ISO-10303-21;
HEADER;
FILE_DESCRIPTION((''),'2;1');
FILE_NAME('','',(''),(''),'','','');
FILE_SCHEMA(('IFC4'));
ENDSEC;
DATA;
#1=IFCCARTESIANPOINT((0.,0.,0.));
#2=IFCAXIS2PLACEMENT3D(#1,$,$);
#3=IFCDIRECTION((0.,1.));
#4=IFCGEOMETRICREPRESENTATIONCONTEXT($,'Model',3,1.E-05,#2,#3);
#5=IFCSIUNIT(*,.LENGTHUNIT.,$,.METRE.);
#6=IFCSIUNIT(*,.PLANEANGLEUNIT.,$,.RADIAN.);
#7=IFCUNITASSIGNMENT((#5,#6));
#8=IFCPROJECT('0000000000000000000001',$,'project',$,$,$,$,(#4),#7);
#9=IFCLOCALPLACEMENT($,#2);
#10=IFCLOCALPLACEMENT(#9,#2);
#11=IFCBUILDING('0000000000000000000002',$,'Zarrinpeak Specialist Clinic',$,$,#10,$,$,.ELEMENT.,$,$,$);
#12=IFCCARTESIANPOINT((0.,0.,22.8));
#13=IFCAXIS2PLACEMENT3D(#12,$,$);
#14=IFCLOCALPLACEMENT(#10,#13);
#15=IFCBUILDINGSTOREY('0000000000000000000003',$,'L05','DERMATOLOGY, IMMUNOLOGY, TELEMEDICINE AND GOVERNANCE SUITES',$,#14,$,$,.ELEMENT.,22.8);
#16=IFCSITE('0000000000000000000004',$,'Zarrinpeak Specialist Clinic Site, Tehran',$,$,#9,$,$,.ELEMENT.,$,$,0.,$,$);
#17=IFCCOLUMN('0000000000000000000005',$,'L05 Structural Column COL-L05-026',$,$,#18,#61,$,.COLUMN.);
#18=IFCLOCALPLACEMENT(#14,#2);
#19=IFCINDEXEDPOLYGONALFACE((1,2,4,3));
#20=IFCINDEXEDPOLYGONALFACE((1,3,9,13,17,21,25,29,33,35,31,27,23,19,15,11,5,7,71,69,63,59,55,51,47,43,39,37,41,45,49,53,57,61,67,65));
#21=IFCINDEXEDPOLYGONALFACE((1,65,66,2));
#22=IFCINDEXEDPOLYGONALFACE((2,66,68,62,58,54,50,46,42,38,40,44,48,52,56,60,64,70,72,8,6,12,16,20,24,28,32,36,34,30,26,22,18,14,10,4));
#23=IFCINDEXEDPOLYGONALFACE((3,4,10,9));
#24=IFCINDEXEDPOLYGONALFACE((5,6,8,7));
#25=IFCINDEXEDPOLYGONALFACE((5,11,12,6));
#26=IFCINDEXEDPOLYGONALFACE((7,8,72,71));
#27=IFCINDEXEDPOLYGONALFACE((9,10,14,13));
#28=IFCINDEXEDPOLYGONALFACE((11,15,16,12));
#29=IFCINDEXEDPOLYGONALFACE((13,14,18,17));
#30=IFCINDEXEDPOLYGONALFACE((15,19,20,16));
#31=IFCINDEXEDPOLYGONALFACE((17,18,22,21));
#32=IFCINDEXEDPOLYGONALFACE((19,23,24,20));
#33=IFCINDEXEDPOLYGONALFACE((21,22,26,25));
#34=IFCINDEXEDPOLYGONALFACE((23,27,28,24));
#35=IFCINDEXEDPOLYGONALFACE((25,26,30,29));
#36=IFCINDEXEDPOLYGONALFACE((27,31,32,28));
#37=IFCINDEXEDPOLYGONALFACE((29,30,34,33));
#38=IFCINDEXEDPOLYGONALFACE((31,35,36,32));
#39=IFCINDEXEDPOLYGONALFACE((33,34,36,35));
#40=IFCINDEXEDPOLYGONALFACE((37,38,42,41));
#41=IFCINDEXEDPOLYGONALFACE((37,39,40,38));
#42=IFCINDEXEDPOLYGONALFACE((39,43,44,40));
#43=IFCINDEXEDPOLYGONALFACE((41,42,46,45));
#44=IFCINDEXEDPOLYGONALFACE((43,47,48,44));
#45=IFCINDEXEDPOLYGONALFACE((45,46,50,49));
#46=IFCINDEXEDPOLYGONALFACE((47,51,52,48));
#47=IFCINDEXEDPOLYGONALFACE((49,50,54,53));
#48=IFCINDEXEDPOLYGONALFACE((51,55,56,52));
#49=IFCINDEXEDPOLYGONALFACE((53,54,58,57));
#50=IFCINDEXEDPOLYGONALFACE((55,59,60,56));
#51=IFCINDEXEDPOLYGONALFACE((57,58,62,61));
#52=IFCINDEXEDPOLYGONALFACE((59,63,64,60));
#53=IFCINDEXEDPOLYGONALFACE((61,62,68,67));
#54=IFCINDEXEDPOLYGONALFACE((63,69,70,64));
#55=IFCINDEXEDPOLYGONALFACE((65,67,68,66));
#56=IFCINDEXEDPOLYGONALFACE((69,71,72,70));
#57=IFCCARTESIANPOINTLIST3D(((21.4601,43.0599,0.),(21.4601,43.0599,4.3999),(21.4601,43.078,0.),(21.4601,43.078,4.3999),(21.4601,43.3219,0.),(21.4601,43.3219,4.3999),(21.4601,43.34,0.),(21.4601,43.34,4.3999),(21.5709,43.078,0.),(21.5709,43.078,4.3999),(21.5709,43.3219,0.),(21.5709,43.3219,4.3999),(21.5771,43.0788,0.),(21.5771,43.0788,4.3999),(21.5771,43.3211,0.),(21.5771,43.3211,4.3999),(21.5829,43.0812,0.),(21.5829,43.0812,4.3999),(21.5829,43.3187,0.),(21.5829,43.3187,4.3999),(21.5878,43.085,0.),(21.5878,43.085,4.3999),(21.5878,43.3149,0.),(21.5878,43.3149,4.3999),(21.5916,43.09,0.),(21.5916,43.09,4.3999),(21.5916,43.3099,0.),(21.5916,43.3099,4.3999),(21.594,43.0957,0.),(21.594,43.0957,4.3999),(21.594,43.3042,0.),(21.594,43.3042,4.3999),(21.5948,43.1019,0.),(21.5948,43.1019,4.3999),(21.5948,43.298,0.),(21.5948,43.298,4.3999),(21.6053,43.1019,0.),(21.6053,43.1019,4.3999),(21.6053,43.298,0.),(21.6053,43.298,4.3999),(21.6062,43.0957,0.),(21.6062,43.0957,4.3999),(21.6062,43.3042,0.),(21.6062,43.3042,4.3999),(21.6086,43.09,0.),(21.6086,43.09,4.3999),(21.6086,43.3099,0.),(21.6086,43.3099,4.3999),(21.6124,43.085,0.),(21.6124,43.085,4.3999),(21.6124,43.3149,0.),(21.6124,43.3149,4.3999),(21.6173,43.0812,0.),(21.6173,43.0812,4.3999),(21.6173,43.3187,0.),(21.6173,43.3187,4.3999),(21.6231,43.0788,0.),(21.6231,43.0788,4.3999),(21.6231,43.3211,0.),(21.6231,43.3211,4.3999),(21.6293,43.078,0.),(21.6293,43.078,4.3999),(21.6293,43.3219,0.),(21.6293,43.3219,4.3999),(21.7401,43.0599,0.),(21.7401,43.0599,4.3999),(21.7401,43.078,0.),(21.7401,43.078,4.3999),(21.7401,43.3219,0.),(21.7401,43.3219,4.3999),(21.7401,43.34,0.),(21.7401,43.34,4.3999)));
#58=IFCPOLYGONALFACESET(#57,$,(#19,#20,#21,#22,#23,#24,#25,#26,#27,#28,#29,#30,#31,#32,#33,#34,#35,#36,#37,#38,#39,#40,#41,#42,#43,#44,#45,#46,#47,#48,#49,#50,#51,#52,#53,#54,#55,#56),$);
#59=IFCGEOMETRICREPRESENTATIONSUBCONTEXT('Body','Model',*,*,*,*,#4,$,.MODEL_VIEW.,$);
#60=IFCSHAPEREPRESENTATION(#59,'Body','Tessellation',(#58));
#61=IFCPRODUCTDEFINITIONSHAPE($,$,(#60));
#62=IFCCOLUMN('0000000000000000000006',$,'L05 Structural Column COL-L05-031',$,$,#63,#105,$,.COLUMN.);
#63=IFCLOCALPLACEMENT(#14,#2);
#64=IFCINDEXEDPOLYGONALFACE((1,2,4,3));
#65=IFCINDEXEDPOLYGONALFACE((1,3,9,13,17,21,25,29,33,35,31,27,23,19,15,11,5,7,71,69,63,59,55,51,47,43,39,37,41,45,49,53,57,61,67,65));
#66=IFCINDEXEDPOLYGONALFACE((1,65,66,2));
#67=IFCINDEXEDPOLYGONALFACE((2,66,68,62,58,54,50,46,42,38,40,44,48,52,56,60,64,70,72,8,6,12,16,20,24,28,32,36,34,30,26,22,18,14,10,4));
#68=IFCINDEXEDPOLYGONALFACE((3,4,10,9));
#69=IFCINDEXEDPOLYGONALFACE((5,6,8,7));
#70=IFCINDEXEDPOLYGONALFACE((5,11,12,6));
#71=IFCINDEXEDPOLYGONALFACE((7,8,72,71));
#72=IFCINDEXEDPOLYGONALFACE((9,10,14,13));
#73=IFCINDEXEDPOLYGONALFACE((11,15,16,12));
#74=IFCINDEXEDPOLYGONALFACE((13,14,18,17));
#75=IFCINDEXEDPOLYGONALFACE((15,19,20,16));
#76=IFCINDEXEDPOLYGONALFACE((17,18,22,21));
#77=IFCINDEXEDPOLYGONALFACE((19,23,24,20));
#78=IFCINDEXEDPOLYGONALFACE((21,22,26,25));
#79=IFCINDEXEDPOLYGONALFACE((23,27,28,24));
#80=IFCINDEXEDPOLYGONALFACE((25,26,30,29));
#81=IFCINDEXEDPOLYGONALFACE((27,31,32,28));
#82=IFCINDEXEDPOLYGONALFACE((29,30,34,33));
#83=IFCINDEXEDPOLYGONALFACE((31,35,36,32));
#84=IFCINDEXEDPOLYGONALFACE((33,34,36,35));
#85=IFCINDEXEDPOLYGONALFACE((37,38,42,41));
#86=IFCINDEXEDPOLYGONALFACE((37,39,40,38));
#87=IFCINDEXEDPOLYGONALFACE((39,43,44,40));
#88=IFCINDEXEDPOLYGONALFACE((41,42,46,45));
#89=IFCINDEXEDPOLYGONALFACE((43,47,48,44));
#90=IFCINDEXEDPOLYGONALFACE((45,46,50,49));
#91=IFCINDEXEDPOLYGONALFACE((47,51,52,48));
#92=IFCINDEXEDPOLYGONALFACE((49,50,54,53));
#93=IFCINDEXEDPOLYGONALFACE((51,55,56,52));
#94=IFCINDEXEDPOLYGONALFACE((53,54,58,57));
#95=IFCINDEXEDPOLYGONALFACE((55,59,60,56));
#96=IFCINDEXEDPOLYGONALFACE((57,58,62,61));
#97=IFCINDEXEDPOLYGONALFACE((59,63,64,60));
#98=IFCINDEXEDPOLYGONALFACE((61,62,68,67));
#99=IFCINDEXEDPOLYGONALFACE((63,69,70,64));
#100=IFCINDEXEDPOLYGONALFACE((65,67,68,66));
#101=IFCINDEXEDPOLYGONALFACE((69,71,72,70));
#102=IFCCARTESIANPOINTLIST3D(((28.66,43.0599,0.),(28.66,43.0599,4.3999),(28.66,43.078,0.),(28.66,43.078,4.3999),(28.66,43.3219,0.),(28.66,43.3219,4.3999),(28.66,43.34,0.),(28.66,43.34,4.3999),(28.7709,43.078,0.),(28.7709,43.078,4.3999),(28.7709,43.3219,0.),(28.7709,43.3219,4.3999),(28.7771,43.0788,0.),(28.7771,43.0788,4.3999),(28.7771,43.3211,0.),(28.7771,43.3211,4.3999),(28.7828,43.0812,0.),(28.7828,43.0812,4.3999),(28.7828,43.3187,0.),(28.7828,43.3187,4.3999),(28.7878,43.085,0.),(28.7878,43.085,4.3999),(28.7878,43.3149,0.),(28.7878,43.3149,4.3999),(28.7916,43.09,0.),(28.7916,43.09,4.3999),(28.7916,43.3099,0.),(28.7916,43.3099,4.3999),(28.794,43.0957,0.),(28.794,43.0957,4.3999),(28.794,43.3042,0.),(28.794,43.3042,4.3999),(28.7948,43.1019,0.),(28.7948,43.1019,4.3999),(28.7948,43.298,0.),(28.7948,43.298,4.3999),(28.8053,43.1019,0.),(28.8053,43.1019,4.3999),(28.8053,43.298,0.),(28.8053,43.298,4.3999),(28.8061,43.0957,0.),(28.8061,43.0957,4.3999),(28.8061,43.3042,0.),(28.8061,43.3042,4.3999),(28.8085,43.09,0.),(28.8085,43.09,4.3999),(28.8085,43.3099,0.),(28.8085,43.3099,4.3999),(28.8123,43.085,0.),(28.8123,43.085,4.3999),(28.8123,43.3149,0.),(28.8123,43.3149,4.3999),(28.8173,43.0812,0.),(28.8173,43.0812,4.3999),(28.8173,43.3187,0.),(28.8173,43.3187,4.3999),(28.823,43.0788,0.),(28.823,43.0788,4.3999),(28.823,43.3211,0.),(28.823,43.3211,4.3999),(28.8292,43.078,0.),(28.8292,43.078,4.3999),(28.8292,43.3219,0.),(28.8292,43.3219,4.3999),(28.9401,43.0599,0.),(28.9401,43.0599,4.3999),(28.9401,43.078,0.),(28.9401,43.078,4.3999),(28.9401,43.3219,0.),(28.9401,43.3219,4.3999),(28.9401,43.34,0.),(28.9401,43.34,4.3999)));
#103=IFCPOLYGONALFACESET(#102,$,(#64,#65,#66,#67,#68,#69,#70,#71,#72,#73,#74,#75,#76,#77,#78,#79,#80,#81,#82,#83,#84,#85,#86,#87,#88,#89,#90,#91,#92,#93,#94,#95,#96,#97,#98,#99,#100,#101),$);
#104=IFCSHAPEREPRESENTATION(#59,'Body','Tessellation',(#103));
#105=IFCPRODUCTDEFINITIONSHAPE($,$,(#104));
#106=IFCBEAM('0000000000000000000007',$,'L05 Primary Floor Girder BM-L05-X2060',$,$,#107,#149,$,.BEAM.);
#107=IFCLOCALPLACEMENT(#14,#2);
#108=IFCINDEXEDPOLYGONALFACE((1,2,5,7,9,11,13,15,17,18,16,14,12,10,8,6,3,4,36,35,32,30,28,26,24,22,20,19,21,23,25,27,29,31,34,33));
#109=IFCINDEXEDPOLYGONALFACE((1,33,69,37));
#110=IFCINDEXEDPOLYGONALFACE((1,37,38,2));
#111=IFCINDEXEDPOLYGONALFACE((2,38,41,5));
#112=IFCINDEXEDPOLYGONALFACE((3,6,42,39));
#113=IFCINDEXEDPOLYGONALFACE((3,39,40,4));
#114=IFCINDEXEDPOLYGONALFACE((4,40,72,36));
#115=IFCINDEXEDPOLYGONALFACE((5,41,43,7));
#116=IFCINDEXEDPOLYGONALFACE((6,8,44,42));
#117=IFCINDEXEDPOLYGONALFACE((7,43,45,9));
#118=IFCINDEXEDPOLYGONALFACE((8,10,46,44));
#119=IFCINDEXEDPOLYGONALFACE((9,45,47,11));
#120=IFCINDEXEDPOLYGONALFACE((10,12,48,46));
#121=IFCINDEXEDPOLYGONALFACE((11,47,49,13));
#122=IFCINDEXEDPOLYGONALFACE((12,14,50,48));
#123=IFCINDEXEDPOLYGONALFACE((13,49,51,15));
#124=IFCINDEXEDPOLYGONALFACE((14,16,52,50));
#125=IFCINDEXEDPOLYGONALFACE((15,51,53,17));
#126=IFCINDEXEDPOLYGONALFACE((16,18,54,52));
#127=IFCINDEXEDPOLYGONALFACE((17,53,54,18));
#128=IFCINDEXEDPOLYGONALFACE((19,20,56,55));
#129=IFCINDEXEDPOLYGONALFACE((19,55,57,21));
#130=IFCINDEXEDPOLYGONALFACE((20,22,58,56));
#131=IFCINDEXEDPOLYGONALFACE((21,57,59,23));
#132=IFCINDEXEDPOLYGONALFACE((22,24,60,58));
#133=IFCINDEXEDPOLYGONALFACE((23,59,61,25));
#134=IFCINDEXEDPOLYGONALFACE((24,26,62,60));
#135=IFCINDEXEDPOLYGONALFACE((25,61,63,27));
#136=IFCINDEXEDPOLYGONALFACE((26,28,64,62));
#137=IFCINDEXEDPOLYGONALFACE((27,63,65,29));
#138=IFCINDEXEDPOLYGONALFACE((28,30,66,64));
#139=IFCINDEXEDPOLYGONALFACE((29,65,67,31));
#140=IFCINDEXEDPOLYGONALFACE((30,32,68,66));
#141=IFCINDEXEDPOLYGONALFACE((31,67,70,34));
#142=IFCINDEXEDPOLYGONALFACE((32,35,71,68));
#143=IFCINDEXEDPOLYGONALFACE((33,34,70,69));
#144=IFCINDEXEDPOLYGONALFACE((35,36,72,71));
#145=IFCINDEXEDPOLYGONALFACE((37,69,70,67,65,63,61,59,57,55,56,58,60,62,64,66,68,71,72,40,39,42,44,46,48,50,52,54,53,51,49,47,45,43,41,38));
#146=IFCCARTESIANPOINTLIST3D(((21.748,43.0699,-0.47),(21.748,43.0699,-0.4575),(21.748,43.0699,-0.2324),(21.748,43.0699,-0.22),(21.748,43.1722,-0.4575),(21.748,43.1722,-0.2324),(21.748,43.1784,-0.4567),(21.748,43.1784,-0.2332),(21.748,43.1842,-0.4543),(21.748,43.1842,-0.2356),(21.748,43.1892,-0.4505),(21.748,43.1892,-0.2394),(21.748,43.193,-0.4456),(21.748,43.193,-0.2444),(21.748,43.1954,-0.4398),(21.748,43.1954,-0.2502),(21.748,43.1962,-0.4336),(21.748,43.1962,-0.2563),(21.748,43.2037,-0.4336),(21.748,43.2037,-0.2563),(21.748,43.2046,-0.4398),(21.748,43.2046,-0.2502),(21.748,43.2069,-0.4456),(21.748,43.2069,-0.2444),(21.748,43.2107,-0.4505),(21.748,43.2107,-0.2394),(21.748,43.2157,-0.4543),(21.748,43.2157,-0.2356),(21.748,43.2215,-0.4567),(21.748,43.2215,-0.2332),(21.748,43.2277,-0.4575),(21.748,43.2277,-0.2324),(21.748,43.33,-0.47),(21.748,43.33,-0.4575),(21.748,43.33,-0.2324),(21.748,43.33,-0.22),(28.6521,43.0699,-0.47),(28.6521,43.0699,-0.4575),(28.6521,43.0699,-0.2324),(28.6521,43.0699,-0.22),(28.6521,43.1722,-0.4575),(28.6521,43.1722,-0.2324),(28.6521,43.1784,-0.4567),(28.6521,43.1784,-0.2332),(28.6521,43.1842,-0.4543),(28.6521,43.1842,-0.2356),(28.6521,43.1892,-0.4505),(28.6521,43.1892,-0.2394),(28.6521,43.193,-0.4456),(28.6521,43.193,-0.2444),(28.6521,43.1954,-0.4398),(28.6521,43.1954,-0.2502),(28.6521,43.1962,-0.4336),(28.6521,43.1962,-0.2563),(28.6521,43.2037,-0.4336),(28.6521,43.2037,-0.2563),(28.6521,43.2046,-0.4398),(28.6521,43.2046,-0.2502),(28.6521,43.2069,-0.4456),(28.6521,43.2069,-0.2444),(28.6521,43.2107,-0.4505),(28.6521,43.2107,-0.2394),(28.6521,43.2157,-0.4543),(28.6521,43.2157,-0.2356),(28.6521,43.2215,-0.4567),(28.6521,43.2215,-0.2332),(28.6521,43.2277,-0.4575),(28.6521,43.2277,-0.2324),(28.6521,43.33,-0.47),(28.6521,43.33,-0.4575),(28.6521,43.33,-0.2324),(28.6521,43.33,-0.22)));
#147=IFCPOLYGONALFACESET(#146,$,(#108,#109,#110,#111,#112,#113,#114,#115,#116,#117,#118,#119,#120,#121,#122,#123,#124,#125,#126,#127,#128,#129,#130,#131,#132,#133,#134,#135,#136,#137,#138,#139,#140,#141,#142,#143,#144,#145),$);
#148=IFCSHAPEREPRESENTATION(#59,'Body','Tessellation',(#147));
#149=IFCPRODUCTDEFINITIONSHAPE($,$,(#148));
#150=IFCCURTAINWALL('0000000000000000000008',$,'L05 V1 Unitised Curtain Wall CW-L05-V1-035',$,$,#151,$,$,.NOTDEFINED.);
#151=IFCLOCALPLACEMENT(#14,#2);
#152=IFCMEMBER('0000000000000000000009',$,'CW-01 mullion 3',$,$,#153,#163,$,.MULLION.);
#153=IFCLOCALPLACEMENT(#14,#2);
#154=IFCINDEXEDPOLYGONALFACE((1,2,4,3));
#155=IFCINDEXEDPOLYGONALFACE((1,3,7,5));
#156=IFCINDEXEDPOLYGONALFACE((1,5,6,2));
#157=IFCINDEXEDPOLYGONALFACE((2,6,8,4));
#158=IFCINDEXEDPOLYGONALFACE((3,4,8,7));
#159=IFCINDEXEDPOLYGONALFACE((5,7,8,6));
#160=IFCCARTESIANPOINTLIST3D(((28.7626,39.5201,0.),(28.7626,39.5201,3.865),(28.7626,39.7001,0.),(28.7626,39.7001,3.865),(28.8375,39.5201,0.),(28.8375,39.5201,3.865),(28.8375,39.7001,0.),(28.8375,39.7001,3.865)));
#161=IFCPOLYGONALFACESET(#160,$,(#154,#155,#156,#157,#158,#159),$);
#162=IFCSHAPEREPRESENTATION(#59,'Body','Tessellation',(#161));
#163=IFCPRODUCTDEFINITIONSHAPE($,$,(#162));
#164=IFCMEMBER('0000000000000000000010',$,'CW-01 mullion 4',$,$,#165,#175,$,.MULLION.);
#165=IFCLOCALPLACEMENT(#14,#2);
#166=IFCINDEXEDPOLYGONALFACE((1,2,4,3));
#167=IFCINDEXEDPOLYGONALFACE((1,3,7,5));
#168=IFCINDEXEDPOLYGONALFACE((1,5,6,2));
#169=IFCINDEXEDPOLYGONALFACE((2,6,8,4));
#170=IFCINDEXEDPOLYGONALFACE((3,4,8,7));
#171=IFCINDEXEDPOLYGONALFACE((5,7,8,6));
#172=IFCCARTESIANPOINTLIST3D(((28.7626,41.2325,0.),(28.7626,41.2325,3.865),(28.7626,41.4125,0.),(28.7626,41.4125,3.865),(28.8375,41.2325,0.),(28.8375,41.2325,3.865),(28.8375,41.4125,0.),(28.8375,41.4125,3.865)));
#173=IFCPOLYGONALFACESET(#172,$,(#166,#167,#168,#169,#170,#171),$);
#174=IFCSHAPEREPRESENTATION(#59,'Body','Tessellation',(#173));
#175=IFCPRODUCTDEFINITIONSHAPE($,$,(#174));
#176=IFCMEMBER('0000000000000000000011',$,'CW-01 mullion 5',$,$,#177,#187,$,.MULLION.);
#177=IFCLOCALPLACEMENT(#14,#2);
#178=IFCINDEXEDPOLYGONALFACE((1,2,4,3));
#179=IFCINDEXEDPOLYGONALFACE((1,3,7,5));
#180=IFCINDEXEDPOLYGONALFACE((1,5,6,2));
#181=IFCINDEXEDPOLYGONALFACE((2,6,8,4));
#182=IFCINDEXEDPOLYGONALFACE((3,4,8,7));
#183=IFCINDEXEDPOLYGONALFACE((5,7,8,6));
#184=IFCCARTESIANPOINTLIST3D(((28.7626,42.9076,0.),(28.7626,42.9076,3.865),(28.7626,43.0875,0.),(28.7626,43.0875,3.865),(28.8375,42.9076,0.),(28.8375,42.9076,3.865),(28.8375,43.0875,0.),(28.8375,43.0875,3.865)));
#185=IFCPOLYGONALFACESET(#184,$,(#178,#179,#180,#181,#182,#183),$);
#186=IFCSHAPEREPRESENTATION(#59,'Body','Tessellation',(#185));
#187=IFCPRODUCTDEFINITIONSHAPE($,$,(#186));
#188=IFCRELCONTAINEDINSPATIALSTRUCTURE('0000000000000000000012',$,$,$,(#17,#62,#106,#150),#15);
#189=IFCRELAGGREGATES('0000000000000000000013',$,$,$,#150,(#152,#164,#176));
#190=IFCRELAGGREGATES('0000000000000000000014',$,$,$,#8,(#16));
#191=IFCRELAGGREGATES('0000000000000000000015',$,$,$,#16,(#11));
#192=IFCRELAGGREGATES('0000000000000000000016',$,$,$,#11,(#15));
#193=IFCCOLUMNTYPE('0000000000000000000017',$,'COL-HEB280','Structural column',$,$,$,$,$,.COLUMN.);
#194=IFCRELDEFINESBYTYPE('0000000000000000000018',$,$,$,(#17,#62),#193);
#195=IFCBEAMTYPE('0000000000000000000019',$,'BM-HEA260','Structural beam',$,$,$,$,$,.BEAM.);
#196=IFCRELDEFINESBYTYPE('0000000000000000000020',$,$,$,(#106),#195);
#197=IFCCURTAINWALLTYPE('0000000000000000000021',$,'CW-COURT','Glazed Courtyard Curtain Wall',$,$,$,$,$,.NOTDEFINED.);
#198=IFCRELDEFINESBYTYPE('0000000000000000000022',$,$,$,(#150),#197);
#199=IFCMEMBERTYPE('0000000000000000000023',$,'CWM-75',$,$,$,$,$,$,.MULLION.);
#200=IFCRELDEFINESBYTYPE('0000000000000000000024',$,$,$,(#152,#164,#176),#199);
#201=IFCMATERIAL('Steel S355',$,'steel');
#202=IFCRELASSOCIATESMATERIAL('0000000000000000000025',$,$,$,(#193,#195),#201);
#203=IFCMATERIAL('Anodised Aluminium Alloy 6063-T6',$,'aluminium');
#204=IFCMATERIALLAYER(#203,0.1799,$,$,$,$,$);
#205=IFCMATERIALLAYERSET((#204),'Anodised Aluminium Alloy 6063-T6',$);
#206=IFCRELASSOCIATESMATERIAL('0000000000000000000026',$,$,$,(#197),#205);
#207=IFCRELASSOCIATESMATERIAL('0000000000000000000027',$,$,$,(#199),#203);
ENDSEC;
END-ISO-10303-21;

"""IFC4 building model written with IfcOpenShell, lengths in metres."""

from ifc_helpers import new_model, si_unit, direction, frame, origin, origin_2d, place, context, subcontext, project, spatial, rectangle, i_section, extrude, material, layer, layer_set, material_profile, profile_set, type_object, element, aggregate, save


model = new_model("IFC4")

# Units and contexts
model_context = context("Model", 3, precision=1e-05, world=origin(), true_north=direction((0.0, 1.0)))
body_context = subcontext(model_context, "Body", "Model", "MODEL_VIEW")
ifc_project = project(units=[si_unit("LENGTHUNIT", "METRE"), si_unit("PLANEANGLEUNIT", "RADIAN")], contexts=[model_context])

# Site, building, storey
site_placement = place(None, origin())
site = spatial("IfcSite", under=ifc_project, at=site_placement, Name="Zarrinpeak Specialist Clinic Site, Tehran", CompositionType="ELEMENT", RefElevation=0.0)
building_placement = place(site_placement, origin())
building = spatial("IfcBuilding", under=site, at=building_placement, Name="Zarrinpeak Specialist Clinic", CompositionType="ELEMENT")
storey_placement = place(building_placement, frame((0.0, 0.0, 22.8)))
storey = spatial("IfcBuildingStorey", under=building, at=storey_placement, Name="L05", Description="DERMATOLOGY, IMMUNOLOGY, TELEMEDICINE AND GOVERNANCE SUITES", CompositionType="ELEMENT", Elevation=22.8)

# Columns
ifc_material_1 = material(Name="Steel S355", Category="steel")
ifc_material_profile_1 = material_profile(ifc_material_1, i_section(OverallWidth=0.28, OverallDepth=0.28, WebThickness=0.0105, FlangeThickness=0.0181, FilletRadius=0.0239, at=origin_2d()), Name="HEB 280")
ifc_profile_set_1 = profile_set([ifc_material_profile_1], Name="Steel S355")
column_type = type_object("IfcColumnType", Name="COL-HEB280", Description="Structural column", PredefinedType="COLUMN", material=ifc_profile_set_1)
for number, where, z_axis, x_axis, name in (
    (1, (21.6001, 43.2, 0.0), (0.0, 0.0, 1.0), (1.0, 0.0, 0.0), "L05 Structural Column COL-L05-026"),
    (2, (28.8, 43.2, 0.0), (0.0, 0.0, 1.0), (1.0, 0.0, 0.0), "L05 Structural Column COL-L05-031"),
):
    element("IfcColumn", number, at=place(storey_placement, frame(where, z_axis=z_axis, x_axis=x_axis)), inside=storey, type_object=column_type, Name=name, PredefinedType="COLUMN", context=body_context, shape_type="SweptSolid", body=[
        extrude(i_section(OverallWidth=0.28, OverallDepth=0.28, WebThickness=0.0105, FlangeThickness=0.0181, FilletRadius=0.0239, at=origin_2d()), origin(), (0.0, 0.0, 1.0), 4.3999),
    ])

# Beam
ifc_material_profile_2 = material_profile(ifc_material_1, i_section(OverallWidth=0.26, OverallDepth=0.25, WebThickness=0.0076, FlangeThickness=0.0125, FilletRadius=0.0239, at=origin_2d()), Name="HEA 260")
ifc_profile_set_2 = profile_set([ifc_material_profile_2], Name="Steel S355")
beam_type = type_object("IfcBeamType", Name="BM-HEA260", Description="Structural beam", PredefinedType="BEAM", material=ifc_profile_set_2)
beam_placement = place(storey_placement, frame((21.748, 43.2, -0.345), z_axis=(1.0, 0.0, 0.0), x_axis=(0.0, 1.0, 0.0)))
element("IfcBeam", 3, at=beam_placement, inside=storey, type_object=beam_type, Name="L05 Primary Floor Girder BM-L05-X2060", PredefinedType="BEAM", context=body_context, shape_type="SweptSolid", body=[
    extrude(i_section(OverallWidth=0.26, OverallDepth=0.25, WebThickness=0.0076, FlangeThickness=0.0125, FilletRadius=0.0239, at=origin_2d()), origin(), (0.0, 0.0, 1.0), 6.9041),
])

# Curtain wall, members
ifc_material_2 = material(Name="Anodised Aluminium Alloy 6063-T6", Category="aluminium")
ifc_layer_1 = layer(ifc_material_2, 0.1799)
ifc_layer_set_1 = layer_set([ifc_layer_1], Name="Anodised Aluminium Alloy 6063-T6")
curtain_wall_type = type_object("IfcCurtainWallType", Name="CW-COURT", Description="Glazed Courtyard Curtain Wall", PredefinedType="NOTDEFINED", material=ifc_layer_set_1)
curtain_wall_placement = place(storey_placement, origin())
curtain_wall = element("IfcCurtainWall", 4, at=curtain_wall_placement, inside=storey, type_object=curtain_wall_type, Name="L05 V1 Unitised Curtain Wall CW-L05-V1-035", PredefinedType="NOTDEFINED")
ifc_material_profile_3 = material_profile(ifc_material_2, rectangle(XDim=0.075, YDim=0.1799, at=origin_2d()), Name="ALU 75x180")
ifc_profile_set_3 = profile_set([ifc_material_profile_3], Name="Anodised Aluminium Alloy 6063-T6")
member_type_1 = type_object("IfcMemberType", Name="CWM-75", PredefinedType="MULLION", material=ifc_profile_set_3)
member_1_placement = place(storey_placement, frame((28.8, 39.6101, 0.0), z_axis=(0.0, 0.0, 1.0), x_axis=(-1.0, 0.0, 0.0)))
member_1 = element("IfcMember", 5, at=member_1_placement, type_object=member_type_1, Name="CW-01 mullion 3", PredefinedType="MULLION", context=body_context, shape_type="SweptSolid", body=[
    extrude(rectangle(XDim=0.075, YDim=0.1799, at=origin_2d()), origin(), (0.0, 0.0, 1.0), 3.865),
])
member_2_placement = place(storey_placement, frame((28.8, 41.3225, 0.0), z_axis=(0.0, 0.0, 1.0), x_axis=(-1.0, 0.0, 0.0)))
member_2 = element("IfcMember", 6, at=member_2_placement, type_object=member_type_1, Name="CW-01 mullion 4", PredefinedType="MULLION", context=body_context, shape_type="SweptSolid", body=[
    extrude(rectangle(XDim=0.075, YDim=0.1799, at=origin_2d()), origin(), (0.0, 0.0, 1.0), 3.865),
])
member_3_placement = place(storey_placement, frame((28.8, 42.9976, 0.0), z_axis=(0.0, 0.0, 1.0), x_axis=(-1.0, 0.0, 0.0)))
member_3 = element("IfcMember", 7, at=member_3_placement, type_object=member_type_1, Name="CW-01 mullion 5", PredefinedType="MULLION", context=body_context, shape_type="SweptSolid", body=[
    extrude(rectangle(XDim=0.075, YDim=0.1799, at=origin_2d()), origin(), (0.0, 0.0, 1.0), 3.865),
])
aggregate(curtain_wall, [member_1, member_2, member_3])

save(model, "model.ifc")
